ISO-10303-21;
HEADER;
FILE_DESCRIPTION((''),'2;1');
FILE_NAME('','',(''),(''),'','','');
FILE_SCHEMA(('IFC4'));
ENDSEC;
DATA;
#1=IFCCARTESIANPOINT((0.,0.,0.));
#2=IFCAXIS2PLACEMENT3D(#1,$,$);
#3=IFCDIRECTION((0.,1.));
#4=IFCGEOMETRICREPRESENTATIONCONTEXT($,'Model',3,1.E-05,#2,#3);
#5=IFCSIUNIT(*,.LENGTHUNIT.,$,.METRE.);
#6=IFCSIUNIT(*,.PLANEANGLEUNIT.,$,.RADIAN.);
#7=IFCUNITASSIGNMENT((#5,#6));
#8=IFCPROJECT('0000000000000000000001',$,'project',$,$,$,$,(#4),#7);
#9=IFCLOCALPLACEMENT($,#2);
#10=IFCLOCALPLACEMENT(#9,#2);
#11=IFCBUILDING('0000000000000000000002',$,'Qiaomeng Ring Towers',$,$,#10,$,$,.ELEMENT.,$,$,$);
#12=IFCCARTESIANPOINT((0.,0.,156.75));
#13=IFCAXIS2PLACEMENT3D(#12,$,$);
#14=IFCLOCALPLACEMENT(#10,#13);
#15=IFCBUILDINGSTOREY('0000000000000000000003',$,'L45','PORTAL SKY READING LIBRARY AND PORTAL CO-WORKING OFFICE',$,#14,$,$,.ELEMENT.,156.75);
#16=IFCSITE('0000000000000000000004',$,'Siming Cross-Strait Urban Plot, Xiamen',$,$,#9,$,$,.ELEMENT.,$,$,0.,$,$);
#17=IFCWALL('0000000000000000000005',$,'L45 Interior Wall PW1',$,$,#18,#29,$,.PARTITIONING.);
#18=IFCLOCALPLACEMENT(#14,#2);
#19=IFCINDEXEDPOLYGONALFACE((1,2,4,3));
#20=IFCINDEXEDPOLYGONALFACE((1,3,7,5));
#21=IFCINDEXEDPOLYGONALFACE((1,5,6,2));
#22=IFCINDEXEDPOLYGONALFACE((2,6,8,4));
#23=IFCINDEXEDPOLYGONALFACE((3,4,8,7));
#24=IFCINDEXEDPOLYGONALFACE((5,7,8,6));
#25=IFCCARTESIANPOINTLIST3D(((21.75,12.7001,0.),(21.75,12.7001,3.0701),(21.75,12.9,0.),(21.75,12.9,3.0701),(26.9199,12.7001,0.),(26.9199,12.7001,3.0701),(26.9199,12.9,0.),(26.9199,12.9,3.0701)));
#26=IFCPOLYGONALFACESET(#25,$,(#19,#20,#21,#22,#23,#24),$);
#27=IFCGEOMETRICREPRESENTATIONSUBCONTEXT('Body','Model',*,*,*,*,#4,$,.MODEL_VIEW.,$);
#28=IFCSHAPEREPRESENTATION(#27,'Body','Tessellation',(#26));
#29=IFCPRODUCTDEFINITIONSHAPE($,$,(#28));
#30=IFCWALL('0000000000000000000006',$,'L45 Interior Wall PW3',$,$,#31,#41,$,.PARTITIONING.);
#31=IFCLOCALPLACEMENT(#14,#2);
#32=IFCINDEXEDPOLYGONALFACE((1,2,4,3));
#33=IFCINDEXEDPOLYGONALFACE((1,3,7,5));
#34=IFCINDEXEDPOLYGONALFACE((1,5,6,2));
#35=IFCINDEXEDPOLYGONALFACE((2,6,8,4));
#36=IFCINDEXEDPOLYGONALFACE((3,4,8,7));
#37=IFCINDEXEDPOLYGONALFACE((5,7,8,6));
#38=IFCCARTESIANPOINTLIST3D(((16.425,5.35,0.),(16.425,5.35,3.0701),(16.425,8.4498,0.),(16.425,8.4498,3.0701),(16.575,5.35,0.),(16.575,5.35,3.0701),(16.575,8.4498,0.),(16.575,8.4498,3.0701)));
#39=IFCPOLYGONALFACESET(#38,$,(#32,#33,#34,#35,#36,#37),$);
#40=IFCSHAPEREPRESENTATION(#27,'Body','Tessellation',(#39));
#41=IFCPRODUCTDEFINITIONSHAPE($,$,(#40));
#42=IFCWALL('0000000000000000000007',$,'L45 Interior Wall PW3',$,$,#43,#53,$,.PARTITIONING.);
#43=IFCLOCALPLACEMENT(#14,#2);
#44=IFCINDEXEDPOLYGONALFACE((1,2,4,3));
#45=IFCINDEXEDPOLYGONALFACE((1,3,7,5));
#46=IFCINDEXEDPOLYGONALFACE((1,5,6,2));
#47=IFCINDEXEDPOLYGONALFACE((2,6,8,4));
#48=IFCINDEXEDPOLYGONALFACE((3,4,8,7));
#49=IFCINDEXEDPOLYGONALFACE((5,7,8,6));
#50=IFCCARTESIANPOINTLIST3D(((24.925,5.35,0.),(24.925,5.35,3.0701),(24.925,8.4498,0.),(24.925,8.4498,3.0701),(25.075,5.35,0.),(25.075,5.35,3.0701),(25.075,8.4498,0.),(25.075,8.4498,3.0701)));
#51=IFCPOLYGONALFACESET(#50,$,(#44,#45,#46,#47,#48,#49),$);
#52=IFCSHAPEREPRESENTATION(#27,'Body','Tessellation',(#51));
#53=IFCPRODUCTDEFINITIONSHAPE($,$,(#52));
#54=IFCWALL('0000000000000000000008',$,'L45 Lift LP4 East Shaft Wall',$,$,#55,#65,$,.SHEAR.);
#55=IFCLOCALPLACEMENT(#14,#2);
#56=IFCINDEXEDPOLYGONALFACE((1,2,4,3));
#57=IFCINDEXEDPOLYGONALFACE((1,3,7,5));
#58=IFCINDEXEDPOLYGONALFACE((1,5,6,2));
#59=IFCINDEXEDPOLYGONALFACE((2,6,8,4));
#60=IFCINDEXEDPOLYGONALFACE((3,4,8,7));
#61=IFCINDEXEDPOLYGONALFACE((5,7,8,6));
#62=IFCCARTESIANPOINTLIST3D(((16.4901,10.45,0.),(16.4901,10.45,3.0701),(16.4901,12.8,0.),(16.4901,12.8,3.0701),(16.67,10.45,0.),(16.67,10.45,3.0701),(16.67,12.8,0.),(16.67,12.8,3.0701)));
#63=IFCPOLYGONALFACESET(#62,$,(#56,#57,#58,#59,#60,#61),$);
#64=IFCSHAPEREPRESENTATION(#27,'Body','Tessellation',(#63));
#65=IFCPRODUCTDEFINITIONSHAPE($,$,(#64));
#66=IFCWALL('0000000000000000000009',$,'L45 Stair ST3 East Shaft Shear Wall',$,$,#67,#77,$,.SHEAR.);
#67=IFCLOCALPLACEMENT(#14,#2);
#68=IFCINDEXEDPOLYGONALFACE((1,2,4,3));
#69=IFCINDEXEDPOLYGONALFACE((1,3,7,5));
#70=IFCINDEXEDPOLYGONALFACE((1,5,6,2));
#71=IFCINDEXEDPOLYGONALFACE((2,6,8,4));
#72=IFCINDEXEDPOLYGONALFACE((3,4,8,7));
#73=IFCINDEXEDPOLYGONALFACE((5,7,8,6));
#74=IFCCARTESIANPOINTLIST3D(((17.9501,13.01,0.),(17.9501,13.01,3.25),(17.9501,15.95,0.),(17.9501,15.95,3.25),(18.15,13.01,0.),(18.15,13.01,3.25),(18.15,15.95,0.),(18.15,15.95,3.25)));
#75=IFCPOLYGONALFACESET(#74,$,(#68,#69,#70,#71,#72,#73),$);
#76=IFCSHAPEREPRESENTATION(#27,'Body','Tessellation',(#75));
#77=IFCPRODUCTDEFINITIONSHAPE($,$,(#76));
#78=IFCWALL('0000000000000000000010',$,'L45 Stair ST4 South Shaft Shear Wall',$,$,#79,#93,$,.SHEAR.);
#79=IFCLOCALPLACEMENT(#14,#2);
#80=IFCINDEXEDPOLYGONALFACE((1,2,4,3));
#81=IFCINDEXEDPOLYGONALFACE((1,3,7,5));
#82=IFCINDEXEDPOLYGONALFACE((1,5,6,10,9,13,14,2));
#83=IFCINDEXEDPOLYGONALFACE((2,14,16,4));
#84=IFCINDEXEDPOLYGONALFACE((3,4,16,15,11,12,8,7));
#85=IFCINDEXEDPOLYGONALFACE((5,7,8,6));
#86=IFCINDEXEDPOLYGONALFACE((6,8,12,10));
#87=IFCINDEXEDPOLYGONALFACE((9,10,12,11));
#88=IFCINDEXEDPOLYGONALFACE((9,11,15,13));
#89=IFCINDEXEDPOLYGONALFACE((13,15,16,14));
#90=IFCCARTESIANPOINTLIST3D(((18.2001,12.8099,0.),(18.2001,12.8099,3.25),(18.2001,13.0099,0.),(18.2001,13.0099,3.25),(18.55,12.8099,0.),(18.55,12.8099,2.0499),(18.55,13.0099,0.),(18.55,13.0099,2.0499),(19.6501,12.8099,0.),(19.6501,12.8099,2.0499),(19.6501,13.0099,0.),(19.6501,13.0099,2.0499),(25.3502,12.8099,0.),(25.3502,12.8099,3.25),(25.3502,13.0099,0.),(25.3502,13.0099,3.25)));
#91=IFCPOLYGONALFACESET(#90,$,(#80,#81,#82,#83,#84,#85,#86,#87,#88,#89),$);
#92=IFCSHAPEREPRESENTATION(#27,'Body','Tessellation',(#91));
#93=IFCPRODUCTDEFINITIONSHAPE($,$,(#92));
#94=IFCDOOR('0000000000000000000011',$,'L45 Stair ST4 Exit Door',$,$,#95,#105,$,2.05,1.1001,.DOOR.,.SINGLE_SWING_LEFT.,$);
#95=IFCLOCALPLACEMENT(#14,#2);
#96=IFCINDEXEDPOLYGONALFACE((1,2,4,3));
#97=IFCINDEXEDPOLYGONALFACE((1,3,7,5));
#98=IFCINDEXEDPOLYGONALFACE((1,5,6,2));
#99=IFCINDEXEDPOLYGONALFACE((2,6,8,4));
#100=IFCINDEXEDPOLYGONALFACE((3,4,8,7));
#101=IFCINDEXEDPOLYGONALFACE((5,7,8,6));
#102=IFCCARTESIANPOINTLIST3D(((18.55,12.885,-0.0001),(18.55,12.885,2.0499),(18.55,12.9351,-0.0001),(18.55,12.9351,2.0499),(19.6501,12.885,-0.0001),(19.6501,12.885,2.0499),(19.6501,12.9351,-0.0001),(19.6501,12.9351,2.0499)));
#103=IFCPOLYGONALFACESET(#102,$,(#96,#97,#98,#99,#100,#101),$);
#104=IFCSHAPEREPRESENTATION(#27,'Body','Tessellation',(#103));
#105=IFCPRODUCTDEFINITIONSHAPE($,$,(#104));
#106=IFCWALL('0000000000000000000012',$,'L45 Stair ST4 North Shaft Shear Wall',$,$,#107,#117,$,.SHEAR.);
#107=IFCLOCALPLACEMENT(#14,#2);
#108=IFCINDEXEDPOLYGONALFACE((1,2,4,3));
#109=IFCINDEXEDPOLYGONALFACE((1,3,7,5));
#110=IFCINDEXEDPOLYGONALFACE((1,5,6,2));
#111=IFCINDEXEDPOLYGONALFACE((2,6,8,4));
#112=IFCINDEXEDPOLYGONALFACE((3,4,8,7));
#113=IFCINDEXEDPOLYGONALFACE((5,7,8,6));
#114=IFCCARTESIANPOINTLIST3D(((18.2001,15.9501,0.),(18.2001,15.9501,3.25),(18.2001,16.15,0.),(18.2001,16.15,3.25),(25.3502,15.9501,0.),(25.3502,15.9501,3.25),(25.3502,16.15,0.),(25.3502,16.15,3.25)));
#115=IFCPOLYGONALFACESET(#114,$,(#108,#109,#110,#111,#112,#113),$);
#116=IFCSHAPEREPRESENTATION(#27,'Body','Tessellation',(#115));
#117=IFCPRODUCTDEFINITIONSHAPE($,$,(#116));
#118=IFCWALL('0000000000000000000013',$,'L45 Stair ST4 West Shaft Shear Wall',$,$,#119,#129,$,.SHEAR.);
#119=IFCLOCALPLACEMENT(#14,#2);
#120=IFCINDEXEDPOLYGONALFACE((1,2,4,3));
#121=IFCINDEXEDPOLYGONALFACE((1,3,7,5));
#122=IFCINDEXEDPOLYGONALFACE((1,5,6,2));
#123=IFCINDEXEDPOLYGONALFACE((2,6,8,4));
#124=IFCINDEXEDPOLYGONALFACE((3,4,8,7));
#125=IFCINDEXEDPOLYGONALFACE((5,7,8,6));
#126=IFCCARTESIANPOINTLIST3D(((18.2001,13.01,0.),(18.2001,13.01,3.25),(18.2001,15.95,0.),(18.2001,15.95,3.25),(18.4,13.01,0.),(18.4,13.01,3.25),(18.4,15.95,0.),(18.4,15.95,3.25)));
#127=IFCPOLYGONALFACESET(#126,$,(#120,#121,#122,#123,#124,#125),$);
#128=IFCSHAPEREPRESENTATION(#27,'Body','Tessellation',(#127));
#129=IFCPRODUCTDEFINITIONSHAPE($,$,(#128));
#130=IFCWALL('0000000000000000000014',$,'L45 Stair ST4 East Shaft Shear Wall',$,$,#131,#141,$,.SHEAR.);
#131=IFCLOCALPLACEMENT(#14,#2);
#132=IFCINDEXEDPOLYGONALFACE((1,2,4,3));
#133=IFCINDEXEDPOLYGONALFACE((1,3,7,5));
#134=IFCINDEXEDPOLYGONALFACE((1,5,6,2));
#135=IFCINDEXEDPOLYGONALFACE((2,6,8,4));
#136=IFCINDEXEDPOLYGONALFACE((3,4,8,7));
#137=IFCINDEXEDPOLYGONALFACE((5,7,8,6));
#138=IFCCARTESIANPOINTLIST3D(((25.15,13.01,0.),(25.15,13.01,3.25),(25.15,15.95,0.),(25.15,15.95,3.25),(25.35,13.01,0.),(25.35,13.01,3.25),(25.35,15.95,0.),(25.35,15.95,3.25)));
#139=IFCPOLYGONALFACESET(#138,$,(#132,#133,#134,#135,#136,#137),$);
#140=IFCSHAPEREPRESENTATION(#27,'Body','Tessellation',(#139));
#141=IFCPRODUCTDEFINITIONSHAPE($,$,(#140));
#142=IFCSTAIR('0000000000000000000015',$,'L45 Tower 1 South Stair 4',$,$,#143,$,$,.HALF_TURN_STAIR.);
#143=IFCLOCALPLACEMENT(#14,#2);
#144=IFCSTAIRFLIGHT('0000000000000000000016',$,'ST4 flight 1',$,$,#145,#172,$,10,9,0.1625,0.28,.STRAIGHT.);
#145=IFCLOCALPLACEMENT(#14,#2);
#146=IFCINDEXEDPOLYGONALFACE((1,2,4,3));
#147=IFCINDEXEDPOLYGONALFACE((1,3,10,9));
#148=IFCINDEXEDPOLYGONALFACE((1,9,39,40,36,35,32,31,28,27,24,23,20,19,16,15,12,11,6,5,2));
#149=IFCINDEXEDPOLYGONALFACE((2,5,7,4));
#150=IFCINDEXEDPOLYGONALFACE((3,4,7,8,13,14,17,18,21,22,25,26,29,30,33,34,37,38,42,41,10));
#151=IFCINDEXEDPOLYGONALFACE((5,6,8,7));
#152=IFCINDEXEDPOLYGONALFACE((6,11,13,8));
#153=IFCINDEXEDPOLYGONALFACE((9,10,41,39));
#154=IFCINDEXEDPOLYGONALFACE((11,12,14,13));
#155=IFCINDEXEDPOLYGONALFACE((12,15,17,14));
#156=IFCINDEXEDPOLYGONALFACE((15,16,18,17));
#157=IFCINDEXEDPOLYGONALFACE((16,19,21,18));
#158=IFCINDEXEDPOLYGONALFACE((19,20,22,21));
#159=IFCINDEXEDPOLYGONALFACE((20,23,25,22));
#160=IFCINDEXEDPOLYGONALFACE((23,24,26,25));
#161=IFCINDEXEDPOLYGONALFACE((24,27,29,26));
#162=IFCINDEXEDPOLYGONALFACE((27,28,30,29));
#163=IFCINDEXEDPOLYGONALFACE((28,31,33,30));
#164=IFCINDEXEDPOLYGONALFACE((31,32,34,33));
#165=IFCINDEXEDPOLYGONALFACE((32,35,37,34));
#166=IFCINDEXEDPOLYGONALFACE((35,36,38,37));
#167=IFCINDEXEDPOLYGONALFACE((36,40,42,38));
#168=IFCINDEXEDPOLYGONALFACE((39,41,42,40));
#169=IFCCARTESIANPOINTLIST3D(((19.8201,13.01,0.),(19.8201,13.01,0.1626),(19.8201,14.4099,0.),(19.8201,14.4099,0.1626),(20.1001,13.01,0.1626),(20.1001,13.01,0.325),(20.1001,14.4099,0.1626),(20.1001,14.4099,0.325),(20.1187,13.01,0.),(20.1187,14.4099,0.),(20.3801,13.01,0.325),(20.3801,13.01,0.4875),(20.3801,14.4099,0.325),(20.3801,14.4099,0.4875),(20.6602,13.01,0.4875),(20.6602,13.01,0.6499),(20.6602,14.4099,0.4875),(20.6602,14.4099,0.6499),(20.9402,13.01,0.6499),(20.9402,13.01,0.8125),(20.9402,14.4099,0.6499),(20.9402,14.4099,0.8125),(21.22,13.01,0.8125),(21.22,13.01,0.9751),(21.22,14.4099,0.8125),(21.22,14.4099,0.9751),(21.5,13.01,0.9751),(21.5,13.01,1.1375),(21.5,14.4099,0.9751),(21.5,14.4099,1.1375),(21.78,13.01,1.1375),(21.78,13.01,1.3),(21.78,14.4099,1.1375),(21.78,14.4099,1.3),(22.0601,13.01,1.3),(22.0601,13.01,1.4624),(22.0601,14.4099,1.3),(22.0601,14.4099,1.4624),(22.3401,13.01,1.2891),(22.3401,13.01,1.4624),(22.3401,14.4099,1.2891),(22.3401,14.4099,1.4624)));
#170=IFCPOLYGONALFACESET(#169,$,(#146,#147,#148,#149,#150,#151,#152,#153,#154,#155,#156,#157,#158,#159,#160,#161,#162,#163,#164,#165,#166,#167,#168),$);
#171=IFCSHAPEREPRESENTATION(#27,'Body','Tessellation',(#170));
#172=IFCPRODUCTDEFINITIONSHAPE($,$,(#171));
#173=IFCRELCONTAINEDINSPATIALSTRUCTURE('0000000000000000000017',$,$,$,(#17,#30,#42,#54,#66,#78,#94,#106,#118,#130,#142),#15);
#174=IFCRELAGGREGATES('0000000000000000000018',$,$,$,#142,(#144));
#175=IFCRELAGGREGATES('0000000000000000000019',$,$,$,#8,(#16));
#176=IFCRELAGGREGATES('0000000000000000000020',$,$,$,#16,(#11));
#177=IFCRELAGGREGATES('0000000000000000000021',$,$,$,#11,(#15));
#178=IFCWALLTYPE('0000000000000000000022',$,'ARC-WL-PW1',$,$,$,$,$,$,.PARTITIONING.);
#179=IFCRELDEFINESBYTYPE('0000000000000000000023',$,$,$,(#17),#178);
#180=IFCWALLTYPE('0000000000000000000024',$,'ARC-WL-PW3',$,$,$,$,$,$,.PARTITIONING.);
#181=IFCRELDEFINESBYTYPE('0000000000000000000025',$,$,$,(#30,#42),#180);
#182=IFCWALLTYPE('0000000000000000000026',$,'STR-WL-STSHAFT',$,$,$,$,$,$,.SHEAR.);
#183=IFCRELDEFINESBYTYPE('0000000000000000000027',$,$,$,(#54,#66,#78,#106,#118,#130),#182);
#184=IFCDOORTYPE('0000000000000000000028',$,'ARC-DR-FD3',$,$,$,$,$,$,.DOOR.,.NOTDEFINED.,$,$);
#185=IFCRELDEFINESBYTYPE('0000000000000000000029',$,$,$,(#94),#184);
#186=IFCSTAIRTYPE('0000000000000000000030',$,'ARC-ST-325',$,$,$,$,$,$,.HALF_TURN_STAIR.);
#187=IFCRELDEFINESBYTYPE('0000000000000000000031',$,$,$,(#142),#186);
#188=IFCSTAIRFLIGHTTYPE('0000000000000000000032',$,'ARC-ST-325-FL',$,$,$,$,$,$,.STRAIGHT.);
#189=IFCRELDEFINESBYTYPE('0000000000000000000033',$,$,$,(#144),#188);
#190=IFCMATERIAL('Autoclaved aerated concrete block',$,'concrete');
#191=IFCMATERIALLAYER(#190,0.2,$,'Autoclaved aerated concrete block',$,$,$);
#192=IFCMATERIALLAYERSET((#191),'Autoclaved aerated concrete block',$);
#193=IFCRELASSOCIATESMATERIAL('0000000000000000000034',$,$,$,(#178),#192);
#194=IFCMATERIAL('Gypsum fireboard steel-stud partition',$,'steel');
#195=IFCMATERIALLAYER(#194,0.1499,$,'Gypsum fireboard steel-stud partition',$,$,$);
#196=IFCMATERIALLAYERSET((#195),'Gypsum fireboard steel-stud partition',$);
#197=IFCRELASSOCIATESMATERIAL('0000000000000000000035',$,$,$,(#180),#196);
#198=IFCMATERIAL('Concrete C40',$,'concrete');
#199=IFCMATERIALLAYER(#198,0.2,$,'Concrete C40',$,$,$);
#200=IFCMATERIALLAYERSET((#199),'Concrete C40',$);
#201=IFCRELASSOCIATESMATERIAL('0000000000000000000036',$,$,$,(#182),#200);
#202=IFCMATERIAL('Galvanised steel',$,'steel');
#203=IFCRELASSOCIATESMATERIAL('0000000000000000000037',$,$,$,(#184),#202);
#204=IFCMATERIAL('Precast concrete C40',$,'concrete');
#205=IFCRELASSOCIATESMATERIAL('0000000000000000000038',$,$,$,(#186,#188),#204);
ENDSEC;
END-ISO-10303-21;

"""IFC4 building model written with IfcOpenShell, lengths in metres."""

from ifc_helpers import new_model, si_unit, direction, frame, frame_2d, origin, place, context, subcontext, project, spatial, polyline, rectangle, outline, extrude, source, transform, mapped, material, layer, layer_set, type_object, element, fill, aggregate, save


model = new_model("IFC4")

# Units and contexts
model_context = context("Model", 3, precision=1e-05, world=origin(), true_north=direction((0.0, 1.0)))
body_context = subcontext(model_context, "Body", "Model", "MODEL_VIEW")
ifc_project = project(units=[si_unit("LENGTHUNIT", "METRE"), si_unit("PLANEANGLEUNIT", "RADIAN")], contexts=[model_context])

# Site, building, storey
site_placement = place(None, origin())
site = spatial("IfcSite", under=ifc_project, at=site_placement, Name="Siming Cross-Strait Urban Plot, Xiamen", CompositionType="ELEMENT", RefElevation=0.0)
building_placement = place(site_placement, origin())
building = spatial("IfcBuilding", under=site, at=building_placement, Name="Qiaomeng Ring Towers", CompositionType="ELEMENT")
storey_placement = place(building_placement, frame((0.0, 0.0, 156.75)))
storey = spatial("IfcBuildingStorey", under=building, at=storey_placement, Name="L45", Description="PORTAL SKY READING LIBRARY AND PORTAL CO-WORKING OFFICE", CompositionType="ELEMENT", Elevation=156.75)

# Walls
ifc_material_1 = material(Name="Autoclaved aerated concrete block", Category="concrete")
ifc_layer_1 = layer(ifc_material_1, 0.2, Name="Autoclaved aerated concrete block")
ifc_layer_set_1 = layer_set([ifc_layer_1], Name="Autoclaved aerated concrete block")
wall_type_1 = type_object("IfcWallType", Name="ARC-WL-PW1", PredefinedType="PARTITIONING", material=ifc_layer_set_1)
wall_1_placement = place(storey_placement, frame((21.75, 12.8, 0.0), z_axis=(0.0, 0.0, 1.0), x_axis=(1.0, 0.0, 0.0)))
element("IfcWall", 1, at=wall_1_placement, inside=storey, type_object=wall_type_1, Name="L45 Interior Wall PW1", PredefinedType="PARTITIONING", context=body_context, shape_type="SweptSolid", body=[
    extrude(rectangle(XDim=5.1699, YDim=0.2, at=frame_2d((2.585, 0.0))), origin(), (0.0, 0.0, 1.0), 3.0701),
])
ifc_material_2 = material(Name="Gypsum fireboard steel-stud partition", Category="steel")
ifc_layer_2 = layer(ifc_material_2, 0.1499, Name="Gypsum fireboard steel-stud partition")
ifc_layer_set_2 = layer_set([ifc_layer_2], Name="Gypsum fireboard steel-stud partition")
wall_type_2 = type_object("IfcWallType", Name="ARC-WL-PW3", PredefinedType="PARTITIONING", material=ifc_layer_set_2)
for number, where, z_axis, x_axis, name in (
    (2, (16.5, 5.3501, 0.0), (0.0, 0.0, 1.0), (0.0, 1.0, 0.0), "L45 Interior Wall PW3"),
    (3, (25.0, 5.3501, 0.0), (0.0, 0.0, 1.0), (0.0, 1.0, 0.0), "L45 Interior Wall PW3"),
):
    element("IfcWall", number, at=place(storey_placement, frame(where, z_axis=z_axis, x_axis=x_axis)), inside=storey, type_object=wall_type_2, Name=name, PredefinedType="PARTITIONING", context=body_context, shape_type="SweptSolid", body=[
        extrude(rectangle(XDim=3.0999, YDim=0.1499, at=frame_2d((1.5498, 0.0))), origin(), (0.0, 0.0, 1.0), 3.0701),
    ])
ifc_material_3 = material(Name="Concrete C40", Category="concrete")
ifc_layer_3 = layer(ifc_material_3, 0.2, Name="Concrete C40")
ifc_layer_set_3 = layer_set([ifc_layer_3], Name="Concrete C40")
wall_type_3 = type_object("IfcWallType", Name="STR-WL-STSHAFT", PredefinedType="SHEAR", material=ifc_layer_set_3)
wall_2_placement = place(storey_placement, frame((16.5801, 10.45, 0.0), z_axis=(0.0, 0.0, 1.0), x_axis=(0.0, 1.0, 0.0)))
element("IfcWall", 4, at=wall_2_placement, inside=storey, type_object=wall_type_3, Name="L45 Lift LP4 East Shaft Wall", PredefinedType="SHEAR", context=body_context, shape_type="SweptSolid", body=[
    extrude(rectangle(XDim=2.3501, YDim=0.1799, at=frame_2d((1.175, 0.0))), origin(), (0.0, 0.0, 1.0), 3.0701),
])
wall_3_placement = place(storey_placement, frame((18.05, 13.01, 0.0), z_axis=(0.0, 0.0, 1.0), x_axis=(0.0, 1.0, 0.0)))
element("IfcWall", 5, at=wall_3_placement, inside=storey, type_object=wall_type_3, Name="L45 Stair ST3 East Shaft Shear Wall", PredefinedType="SHEAR", context=body_context, shape_type="SweptSolid", body=[
    extrude(rectangle(XDim=2.9399, YDim=0.2, at=frame_2d((1.47, 0.0))), origin(), (0.0, 0.0, 1.0), 3.25),
])

# Wall, opening, door
wall_4_placement = place(storey_placement, frame((18.2, 12.9099, 0.0), z_axis=(0.0, 0.0, 1.0), x_axis=(1.0, 0.0, 0.0)))
wall_4 = element("IfcWall", 6, at=wall_4_placement, inside=storey, type_object=wall_type_3, Name="L45 Stair ST4 South Shaft Shear Wall", PredefinedType="SHEAR", context=body_context, shape_type="SweptSolid", body=[
    extrude(rectangle(XDim=7.1501, YDim=0.2, at=frame_2d((3.5752, 0.0))), origin(), (0.0, 0.0, 1.0), 3.25),
])
opening_placement = place(wall_4_placement, frame((0.3501, 0.0, 0.0)))
opening = element("IfcOpeningElement", 7, at=opening_placement, cuts=wall_4, PredefinedType="OPENING", context=body_context, shape_type="SweptSolid", body=[
    extrude(rectangle(XDim=1.1001, YDim=2.05, at=frame_2d((0.55, 1.0249))), frame((0.0, 0.1099, 0.0), z_axis=(0.0, -1.0, 0.0), x_axis=(1.0, 0.0, 0.0)), (0.0, 0.0, 1.0), 0.22),
])
ifc_material_4 = material(Name="Galvanised steel", Category="steel")
door_type = type_object("IfcDoorType", Name="ARC-DR-FD3", OperationType="NOTDEFINED", PredefinedType="DOOR", material=ifc_material_4)
shared_shape_1 = source(origin(), body_context, "Body", "SweptSolid", [
    extrude(rectangle(XDim=1.1001, YDim=2.05, at=frame_2d((0.55, 1.0249))), frame((0.0, 0.0249, 0.0), z_axis=(0.0, -1.0, 0.0), x_axis=(1.0, 0.0, 0.0)), (0.0, 0.0, 1.0), 0.05),
])
door_placement = place(opening_placement, frame((1.1001, 0.0, 0.0), z_axis=(0.0, 0.0, 1.0), x_axis=(-1.0, 0.0, 0.0)))
door = element("IfcDoor", 8, at=door_placement, inside=storey, type_object=door_type, Name="L45 Stair ST4 Exit Door", OperationType="SINGLE_SWING_LEFT", OverallHeight=2.05, OverallWidth=1.1001, PredefinedType="DOOR", context=body_context, shape_type="MappedRepresentation", body=[
    mapped(shared_shape_1, transform((0.0, 0.0, 0.0), x_axis=(1.0, 0.0, 0.0), y_axis=(0.0, 1.0, 0.0), z_axis=(0.0, 0.0, 1.0), scale=1.0)),
])
fill(opening, door)

# Walls
wall_5_placement = place(storey_placement, frame((18.2, 16.05, 0.0), z_axis=(0.0, 0.0, 1.0), x_axis=(1.0, 0.0, 0.0)))
element("IfcWall", 9, at=wall_5_placement, inside=storey, type_object=wall_type_3, Name="L45 Stair ST4 North Shaft Shear Wall", PredefinedType="SHEAR", context=body_context, shape_type="SweptSolid", body=[
    extrude(rectangle(XDim=7.1501, YDim=0.2, at=frame_2d((3.5752, 0.0))), origin(), (0.0, 0.0, 1.0), 3.25),
])
for number, where, z_axis, x_axis, name in (
    (10, (18.3, 13.01, 0.0), (0.0, 0.0, 1.0), (0.0, 1.0, 0.0), "L45 Stair ST4 West Shaft Shear Wall"),
    (11, (25.25, 13.01, 0.0), (0.0, 0.0, 1.0), (0.0, 1.0, 0.0), "L45 Stair ST4 East Shaft Shear Wall"),
):
    element("IfcWall", number, at=place(storey_placement, frame(where, z_axis=z_axis, x_axis=x_axis)), inside=storey, type_object=wall_type_3, Name=name, PredefinedType="SHEAR", context=body_context, shape_type="SweptSolid", body=[
        extrude(rectangle(XDim=2.9399, YDim=0.2, at=frame_2d((1.47, 0.0))), origin(), (0.0, 0.0, 1.0), 3.25),
    ])

# Stair, stair flight
ifc_material_5 = material(Name="Precast concrete C40", Category="concrete")
stair_type = type_object("IfcStairType", Name="ARC-ST-325", PredefinedType="HALF_TURN_STAIR", material=ifc_material_5)
stair_placement = place(storey_placement, origin())
stair = element("IfcStair", 12, at=stair_placement, inside=storey, type_object=stair_type, Name="L45 Tower 1 South Stair 4", PredefinedType="HALF_TURN_STAIR")
stair_flight_type = type_object("IfcStairFlightType", Name="ARC-ST-325-FL", PredefinedType="STRAIGHT", material=ifc_material_5)
shared_shape_2 = source(origin(), body_context, "Body", "SweptSolid", [
    extrude(outline(polyline([(0.0, 0.0), (0.0, 0.1626), (0.28, 0.1626), (0.28, 0.325), (0.5601, 0.325), (0.5601, 0.4875), (0.8401, 0.4875), (0.8401, 0.6499), (1.1201, 0.6499), (1.1201, 0.8125), (1.3999, 0.8125), (1.3999, 0.9751), (1.6799, 0.9751), (1.6799, 1.1375), (1.96, 1.1375), (1.96, 1.3), (2.24, 1.3), (2.24, 1.4624), (2.52, 1.4624), (2.52, 1.625), (2.52, 1.2891), (0.2986, 0.0), (0.0, 0.0)])), frame((0.0, 0.7, 0.0), z_axis=(0.0, -1.0, 0.0), x_axis=(1.0, 0.0, 0.0)), (0.0, 0.0, 1.0), 1.3999),
])
stair_flight_1_placement = place(storey_placement, frame((19.8201, 13.71, 0.0), z_axis=(0.0, 0.0, 1.0), x_axis=(1.0, 0.0, 0.0)))
stair_flight_1 = element("IfcStairFlight", 13, at=stair_flight_1_placement, type_object=stair_flight_type, Name="ST4 flight 1", NumberOfRisers=10, NumberOfTreads=9, PredefinedType="STRAIGHT", RiserHeight=0.1625, TreadLength=0.28, context=body_context, shape_type="MappedRepresentation", body=[
    mapped(shared_shape_2, transform((0.0, 0.0, 0.0), x_axis=(1.0, 0.0, 0.0), y_axis=(0.0, 1.0, 0.0), z_axis=(0.0, 0.0, 1.0), scale=1.0)),
])
aggregate(stair, [stair_flight_1])

save(model, "model.ifc")
